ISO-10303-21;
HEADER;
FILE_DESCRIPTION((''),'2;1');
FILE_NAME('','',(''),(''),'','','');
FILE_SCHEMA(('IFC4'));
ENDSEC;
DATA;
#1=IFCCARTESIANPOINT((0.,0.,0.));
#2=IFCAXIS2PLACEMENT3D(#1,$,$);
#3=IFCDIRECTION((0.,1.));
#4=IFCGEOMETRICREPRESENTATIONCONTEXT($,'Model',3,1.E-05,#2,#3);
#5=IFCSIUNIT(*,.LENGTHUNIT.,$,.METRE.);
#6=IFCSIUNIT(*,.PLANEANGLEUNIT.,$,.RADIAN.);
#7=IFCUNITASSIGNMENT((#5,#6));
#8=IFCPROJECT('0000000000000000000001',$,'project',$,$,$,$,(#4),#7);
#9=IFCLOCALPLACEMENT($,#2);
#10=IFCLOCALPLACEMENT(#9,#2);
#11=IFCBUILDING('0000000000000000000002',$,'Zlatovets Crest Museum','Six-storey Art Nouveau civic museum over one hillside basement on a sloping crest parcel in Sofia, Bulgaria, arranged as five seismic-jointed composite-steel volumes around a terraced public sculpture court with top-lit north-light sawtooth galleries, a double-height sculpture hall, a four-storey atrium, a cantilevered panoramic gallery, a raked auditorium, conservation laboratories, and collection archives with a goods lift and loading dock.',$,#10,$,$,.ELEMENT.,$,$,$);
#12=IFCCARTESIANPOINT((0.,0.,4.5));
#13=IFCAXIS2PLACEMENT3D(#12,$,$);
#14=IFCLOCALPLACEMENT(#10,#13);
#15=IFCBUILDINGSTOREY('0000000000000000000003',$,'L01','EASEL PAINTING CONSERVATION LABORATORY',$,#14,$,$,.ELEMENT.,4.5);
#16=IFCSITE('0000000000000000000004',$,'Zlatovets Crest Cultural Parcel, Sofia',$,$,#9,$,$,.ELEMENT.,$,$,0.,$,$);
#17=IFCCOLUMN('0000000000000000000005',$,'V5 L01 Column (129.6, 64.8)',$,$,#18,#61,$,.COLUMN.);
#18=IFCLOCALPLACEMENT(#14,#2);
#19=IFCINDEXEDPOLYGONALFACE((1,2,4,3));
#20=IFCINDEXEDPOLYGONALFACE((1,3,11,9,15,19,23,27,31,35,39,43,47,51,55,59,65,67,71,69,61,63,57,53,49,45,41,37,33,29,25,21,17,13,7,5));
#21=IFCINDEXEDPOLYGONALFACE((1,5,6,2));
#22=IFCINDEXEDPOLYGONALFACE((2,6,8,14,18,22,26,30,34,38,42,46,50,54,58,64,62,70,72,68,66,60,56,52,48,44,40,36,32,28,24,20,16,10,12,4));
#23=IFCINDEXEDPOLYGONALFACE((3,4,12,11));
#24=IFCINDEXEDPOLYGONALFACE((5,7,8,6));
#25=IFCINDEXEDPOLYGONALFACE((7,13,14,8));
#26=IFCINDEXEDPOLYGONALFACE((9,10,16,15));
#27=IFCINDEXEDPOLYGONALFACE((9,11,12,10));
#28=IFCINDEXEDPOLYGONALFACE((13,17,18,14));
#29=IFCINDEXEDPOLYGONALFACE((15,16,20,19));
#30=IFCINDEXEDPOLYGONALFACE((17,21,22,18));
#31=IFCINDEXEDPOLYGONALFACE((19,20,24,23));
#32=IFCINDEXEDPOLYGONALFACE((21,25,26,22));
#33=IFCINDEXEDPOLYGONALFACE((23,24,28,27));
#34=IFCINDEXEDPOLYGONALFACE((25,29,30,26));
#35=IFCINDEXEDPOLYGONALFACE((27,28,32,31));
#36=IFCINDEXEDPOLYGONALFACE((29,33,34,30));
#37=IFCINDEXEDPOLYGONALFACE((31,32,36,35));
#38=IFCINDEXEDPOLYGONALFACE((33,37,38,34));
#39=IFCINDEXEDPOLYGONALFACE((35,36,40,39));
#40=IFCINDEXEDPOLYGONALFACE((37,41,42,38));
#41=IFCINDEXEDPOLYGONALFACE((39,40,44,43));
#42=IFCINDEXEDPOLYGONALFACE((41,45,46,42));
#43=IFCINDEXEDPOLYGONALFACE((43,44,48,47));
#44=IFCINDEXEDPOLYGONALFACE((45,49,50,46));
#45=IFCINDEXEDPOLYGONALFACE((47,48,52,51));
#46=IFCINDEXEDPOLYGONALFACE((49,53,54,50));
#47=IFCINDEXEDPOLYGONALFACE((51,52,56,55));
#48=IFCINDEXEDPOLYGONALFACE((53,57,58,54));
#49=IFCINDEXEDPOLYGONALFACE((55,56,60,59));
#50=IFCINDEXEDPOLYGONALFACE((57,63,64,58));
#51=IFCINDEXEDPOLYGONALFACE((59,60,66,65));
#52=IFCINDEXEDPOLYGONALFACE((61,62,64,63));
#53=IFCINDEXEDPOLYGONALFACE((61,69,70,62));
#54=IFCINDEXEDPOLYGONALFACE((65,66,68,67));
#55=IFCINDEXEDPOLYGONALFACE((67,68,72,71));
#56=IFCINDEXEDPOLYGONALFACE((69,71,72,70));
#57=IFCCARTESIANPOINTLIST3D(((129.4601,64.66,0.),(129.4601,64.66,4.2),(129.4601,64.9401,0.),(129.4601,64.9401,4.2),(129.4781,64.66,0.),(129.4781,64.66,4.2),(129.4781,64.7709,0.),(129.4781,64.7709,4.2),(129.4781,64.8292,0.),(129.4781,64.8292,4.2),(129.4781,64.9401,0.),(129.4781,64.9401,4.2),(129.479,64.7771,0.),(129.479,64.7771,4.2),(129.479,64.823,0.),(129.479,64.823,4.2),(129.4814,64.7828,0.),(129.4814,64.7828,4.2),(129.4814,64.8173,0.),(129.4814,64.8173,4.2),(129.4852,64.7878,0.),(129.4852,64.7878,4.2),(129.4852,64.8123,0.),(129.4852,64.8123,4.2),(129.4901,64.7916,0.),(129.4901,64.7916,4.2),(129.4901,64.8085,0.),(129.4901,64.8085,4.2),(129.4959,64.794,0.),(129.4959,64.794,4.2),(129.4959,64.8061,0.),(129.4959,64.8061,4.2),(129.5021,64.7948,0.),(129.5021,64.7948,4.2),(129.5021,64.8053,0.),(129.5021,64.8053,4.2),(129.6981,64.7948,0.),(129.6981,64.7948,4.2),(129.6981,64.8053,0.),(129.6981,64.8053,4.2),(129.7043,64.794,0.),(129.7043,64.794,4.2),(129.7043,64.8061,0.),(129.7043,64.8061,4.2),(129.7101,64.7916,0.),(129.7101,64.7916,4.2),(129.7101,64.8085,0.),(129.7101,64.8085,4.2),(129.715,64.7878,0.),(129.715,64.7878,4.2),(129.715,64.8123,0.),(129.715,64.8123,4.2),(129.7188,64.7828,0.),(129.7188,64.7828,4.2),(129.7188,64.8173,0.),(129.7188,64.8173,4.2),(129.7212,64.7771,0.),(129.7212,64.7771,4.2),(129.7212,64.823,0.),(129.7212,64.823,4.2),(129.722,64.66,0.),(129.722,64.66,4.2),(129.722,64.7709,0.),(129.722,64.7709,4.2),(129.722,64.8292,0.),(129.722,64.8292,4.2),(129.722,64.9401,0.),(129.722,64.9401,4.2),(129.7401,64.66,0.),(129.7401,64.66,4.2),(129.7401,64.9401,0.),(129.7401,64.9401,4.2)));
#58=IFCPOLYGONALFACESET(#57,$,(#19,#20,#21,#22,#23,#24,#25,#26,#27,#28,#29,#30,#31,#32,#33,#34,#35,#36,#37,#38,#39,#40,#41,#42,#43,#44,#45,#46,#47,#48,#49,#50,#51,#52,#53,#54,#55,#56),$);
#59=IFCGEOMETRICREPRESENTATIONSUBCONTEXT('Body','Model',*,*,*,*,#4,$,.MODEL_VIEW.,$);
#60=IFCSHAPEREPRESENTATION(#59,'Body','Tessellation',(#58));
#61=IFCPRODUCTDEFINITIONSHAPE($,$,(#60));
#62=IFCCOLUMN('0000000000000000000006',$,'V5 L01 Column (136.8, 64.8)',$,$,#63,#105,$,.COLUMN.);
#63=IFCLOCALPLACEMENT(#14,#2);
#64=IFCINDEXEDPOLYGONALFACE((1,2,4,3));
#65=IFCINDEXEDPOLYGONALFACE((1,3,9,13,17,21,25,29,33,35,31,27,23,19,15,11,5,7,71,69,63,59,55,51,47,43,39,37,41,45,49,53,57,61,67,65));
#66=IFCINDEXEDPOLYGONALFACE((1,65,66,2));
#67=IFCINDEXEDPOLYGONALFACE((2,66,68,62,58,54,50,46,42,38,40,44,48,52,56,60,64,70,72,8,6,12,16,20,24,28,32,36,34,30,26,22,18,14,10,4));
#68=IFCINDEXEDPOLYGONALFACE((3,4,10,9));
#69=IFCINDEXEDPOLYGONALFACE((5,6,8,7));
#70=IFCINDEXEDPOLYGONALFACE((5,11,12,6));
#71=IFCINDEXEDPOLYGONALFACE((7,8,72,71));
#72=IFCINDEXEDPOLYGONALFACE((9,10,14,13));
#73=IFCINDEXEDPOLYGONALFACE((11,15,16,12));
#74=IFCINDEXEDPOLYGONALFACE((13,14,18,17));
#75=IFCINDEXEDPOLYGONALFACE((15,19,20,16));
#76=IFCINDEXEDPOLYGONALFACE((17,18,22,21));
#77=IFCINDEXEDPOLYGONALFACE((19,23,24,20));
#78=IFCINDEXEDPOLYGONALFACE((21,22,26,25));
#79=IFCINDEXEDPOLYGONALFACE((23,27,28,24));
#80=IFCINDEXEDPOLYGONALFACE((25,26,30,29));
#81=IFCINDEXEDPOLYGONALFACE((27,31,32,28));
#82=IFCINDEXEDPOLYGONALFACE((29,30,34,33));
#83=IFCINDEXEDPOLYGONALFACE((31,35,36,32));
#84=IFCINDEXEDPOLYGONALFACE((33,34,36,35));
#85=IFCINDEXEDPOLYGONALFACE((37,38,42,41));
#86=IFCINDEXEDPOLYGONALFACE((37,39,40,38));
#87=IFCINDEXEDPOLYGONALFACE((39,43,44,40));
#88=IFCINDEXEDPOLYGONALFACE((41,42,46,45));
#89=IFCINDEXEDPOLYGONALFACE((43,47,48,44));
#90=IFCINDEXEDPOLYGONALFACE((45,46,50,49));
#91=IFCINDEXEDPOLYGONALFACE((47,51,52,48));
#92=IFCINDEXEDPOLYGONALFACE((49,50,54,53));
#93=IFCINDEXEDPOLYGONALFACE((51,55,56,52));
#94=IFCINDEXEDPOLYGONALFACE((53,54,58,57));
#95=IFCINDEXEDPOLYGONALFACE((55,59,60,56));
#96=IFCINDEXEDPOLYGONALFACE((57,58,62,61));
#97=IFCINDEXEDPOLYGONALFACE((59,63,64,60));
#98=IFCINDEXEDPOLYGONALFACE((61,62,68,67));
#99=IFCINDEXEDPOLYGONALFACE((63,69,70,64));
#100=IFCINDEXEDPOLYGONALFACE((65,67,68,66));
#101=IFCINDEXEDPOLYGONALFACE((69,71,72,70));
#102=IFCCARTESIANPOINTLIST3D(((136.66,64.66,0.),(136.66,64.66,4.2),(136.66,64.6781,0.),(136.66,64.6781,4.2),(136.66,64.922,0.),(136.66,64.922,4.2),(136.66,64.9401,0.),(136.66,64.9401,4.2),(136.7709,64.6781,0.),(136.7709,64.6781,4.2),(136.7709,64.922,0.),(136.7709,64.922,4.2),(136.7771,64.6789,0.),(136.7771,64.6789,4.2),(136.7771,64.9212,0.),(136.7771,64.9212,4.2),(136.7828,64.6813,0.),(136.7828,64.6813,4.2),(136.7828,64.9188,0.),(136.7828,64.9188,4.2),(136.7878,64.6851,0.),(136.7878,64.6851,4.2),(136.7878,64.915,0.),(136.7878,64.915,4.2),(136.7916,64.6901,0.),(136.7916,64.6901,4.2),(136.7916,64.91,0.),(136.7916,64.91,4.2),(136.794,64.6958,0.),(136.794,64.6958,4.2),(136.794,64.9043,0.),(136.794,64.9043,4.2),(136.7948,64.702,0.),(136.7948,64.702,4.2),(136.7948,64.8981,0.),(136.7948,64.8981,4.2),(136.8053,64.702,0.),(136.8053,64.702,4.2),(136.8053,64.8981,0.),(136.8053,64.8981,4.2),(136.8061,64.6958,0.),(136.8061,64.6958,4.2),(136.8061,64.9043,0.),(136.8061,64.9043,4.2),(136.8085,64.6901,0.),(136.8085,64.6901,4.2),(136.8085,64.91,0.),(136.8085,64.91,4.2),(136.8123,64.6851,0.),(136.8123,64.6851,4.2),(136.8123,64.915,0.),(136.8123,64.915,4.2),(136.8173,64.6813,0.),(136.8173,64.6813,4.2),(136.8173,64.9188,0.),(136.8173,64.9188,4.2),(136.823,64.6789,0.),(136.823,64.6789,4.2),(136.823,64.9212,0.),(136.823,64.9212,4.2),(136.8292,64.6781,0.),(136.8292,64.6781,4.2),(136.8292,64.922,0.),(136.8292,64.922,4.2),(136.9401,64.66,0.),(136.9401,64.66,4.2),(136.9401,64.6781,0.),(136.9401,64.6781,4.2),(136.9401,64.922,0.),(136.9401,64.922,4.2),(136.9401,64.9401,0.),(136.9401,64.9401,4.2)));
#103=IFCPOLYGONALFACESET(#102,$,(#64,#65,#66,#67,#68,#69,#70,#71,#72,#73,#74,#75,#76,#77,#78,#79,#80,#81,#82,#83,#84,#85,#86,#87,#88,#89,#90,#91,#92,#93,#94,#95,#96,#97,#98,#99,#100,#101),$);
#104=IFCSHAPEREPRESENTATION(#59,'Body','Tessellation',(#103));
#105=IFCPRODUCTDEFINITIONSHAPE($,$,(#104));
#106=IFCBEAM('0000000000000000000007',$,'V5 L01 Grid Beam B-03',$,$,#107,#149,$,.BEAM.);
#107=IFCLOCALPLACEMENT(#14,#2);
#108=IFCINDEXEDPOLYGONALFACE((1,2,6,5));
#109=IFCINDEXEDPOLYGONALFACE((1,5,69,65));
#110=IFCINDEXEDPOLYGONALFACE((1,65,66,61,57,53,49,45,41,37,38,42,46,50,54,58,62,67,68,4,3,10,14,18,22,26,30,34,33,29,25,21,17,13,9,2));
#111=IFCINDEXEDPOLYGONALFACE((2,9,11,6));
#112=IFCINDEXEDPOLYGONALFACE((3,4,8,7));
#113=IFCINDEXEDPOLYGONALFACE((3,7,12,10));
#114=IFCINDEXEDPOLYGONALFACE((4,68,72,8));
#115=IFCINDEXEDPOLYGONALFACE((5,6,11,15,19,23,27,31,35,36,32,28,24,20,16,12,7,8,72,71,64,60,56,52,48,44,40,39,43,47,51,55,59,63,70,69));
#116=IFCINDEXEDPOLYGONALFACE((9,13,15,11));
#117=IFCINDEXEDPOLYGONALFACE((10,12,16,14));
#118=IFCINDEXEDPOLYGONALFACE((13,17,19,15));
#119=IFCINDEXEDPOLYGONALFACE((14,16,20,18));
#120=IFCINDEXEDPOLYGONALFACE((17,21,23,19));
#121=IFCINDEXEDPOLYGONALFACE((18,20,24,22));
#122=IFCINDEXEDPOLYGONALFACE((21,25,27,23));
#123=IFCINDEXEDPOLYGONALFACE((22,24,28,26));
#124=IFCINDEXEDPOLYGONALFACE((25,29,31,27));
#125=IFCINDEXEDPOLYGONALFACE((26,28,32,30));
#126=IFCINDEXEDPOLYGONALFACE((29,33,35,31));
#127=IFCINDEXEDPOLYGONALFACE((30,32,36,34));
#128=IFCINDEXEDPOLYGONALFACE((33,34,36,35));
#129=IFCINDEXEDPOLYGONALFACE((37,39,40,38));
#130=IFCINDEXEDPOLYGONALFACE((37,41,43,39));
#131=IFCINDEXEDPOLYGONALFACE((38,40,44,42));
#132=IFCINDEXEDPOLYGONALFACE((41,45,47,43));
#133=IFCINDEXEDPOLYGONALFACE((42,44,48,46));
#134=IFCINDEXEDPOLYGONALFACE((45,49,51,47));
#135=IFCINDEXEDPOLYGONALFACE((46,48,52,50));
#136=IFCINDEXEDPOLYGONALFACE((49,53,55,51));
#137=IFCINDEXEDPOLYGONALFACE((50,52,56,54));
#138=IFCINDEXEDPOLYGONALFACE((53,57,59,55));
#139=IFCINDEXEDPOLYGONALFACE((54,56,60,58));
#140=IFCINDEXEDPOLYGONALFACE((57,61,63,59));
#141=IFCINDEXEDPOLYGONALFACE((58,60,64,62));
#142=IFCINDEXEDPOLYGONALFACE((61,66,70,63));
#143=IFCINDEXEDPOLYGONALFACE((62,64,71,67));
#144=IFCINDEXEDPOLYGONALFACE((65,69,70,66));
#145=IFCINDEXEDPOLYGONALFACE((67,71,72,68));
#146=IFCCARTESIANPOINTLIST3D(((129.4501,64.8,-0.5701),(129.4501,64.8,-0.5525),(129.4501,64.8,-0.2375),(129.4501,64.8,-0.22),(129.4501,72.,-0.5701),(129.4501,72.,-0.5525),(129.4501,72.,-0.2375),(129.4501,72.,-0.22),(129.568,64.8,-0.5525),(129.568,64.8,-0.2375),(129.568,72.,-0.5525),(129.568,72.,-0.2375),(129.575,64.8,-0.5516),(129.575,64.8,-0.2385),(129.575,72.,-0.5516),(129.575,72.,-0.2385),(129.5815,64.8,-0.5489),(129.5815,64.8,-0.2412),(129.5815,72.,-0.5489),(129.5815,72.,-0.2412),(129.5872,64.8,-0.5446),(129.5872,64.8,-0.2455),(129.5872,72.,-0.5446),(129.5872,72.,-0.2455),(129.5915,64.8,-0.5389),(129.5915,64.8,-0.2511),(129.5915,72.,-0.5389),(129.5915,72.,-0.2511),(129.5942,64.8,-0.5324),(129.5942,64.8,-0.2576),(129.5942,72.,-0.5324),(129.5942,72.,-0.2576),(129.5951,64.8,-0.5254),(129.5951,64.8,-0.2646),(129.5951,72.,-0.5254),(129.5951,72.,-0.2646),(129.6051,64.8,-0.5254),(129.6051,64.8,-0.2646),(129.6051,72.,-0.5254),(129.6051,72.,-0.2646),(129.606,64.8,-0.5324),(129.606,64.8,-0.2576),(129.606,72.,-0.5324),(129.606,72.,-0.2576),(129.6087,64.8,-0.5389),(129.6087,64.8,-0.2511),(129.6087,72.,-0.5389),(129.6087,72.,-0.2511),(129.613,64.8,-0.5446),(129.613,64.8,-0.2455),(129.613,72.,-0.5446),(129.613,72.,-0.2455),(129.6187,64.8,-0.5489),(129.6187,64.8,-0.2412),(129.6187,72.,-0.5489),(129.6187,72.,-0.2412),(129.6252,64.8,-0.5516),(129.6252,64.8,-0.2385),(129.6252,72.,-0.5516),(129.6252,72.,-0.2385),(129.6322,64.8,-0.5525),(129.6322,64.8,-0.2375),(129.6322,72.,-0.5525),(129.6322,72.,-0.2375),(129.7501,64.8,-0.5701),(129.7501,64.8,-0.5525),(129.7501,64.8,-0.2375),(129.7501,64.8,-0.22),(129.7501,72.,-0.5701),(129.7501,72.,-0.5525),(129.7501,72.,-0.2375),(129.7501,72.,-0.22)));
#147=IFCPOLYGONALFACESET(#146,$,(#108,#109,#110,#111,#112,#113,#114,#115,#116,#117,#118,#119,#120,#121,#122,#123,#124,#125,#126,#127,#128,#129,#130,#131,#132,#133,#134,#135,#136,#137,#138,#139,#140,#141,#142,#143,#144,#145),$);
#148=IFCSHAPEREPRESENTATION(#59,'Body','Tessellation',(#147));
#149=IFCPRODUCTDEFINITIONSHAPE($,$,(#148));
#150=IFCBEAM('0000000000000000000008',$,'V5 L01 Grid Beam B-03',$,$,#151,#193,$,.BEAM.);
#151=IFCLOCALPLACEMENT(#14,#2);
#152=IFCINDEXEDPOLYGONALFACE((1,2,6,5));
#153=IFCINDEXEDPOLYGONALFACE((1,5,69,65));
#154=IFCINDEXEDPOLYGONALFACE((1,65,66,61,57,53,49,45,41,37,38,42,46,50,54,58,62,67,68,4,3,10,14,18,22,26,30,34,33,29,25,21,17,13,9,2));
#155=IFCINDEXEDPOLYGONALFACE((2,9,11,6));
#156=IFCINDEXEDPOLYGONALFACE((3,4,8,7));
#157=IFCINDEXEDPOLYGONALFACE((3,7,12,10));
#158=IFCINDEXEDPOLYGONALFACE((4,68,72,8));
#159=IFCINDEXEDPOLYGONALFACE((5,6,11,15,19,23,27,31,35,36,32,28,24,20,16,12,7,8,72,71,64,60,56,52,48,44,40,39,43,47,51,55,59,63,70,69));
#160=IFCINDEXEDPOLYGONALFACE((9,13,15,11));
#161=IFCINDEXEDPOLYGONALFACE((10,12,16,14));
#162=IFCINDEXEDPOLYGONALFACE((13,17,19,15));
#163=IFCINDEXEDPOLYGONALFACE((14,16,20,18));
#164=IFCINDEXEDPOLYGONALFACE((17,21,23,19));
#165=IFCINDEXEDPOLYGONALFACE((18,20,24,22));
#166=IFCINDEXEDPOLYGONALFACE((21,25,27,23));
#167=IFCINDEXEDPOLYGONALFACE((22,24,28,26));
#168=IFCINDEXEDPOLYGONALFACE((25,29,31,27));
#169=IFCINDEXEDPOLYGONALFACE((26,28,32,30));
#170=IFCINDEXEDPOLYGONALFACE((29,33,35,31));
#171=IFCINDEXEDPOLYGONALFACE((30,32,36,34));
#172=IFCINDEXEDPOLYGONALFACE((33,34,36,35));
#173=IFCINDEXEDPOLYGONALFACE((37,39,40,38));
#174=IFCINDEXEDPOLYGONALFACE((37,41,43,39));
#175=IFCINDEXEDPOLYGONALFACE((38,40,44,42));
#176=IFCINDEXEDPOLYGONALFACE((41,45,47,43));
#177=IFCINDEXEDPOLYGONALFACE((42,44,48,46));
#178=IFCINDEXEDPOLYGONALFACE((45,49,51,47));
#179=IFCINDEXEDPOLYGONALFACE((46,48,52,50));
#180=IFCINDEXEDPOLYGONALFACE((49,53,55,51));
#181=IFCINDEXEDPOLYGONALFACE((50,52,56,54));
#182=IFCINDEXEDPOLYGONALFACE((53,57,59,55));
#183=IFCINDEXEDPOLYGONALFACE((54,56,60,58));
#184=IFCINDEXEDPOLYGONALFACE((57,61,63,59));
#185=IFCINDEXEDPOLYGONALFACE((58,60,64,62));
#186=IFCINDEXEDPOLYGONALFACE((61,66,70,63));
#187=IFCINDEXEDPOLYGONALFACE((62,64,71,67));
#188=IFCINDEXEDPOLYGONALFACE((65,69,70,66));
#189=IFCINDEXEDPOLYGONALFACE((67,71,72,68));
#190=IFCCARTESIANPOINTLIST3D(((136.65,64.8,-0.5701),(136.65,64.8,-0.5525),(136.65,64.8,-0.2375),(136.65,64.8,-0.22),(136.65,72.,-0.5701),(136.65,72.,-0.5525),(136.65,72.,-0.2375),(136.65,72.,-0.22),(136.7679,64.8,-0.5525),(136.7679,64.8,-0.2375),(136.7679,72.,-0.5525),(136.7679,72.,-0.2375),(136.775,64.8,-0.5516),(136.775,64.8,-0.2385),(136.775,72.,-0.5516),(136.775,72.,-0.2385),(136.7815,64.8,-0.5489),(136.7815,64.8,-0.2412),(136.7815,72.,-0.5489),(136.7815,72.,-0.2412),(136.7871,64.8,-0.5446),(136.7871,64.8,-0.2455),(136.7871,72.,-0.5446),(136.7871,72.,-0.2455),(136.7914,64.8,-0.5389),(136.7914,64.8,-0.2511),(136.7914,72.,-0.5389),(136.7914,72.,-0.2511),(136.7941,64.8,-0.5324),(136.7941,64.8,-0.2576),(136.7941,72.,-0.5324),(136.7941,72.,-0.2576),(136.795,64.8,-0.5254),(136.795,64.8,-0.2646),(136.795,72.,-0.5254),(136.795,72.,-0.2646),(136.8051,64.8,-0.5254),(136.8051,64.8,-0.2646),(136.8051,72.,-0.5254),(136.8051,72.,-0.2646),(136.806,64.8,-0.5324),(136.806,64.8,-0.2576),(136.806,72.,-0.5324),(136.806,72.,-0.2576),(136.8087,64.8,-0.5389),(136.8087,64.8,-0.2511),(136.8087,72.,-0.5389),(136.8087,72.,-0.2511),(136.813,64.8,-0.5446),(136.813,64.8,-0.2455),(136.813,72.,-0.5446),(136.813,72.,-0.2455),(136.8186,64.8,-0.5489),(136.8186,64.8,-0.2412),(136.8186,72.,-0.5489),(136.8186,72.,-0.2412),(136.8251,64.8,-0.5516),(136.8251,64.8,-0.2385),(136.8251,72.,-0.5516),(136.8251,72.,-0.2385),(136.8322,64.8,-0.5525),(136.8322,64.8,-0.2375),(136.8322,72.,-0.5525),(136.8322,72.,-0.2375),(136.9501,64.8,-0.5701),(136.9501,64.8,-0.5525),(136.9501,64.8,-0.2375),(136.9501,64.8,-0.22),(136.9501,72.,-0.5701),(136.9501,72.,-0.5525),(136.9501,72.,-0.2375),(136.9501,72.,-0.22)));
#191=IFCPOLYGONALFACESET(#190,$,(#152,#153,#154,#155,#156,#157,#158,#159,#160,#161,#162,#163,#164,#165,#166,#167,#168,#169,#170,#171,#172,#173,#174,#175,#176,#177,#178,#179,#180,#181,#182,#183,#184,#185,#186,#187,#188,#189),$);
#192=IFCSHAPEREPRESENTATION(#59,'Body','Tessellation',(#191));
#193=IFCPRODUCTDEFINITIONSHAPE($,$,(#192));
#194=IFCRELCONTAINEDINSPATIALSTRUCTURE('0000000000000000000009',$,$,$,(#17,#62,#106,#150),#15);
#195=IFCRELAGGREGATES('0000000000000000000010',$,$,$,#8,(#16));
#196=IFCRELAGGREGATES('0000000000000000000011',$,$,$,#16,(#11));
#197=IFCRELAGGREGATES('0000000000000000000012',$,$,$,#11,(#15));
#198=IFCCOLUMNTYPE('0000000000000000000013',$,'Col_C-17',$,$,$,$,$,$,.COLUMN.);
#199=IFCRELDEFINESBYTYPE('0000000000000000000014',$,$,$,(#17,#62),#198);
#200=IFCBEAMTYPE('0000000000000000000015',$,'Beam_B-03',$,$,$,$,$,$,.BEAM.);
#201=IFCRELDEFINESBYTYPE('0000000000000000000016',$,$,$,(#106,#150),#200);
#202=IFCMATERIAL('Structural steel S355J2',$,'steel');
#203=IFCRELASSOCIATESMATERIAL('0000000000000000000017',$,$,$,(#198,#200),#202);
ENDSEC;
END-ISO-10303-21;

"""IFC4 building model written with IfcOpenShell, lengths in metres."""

from ifc_helpers import new_model, si_unit, direction, frame, origin, origin_2d, place, context, subcontext, project, spatial, i_section, extrude, material, material_profile, profile_set, type_object, element, save


model = new_model("IFC4")

# Units and contexts
model_context = context("Model", 3, precision=1e-05, world=origin(), true_north=direction((0.0, 1.0)))
body_context = subcontext(model_context, "Body", "Model", "MODEL_VIEW")
ifc_project = project(units=[si_unit("LENGTHUNIT", "METRE"), si_unit("PLANEANGLEUNIT", "RADIAN")], contexts=[model_context])

# Site, building, storey
site_placement = place(None, origin())
site = spatial("IfcSite", under=ifc_project, at=site_placement, Name="Zlatovets Crest Cultural Parcel, Sofia", CompositionType="ELEMENT", RefElevation=0.0)
building_placement = place(site_placement, origin())
building = spatial("IfcBuilding", under=site, at=building_placement, Name="Zlatovets Crest Museum", Description="Six-storey Art Nouveau civic museum over one hillside basement on a sloping crest parcel in Sofia, Bulgaria, arranged as five seismic-jointed composite-steel volumes around a terraced public sculpture court with top-lit north-light sawtooth galleries, a double-height sculpture hall, a four-storey atrium, a cantilevered panoramic gallery, a raked auditorium, conservation laboratories, and collection archives with a goods lift and loading dock.", CompositionType="ELEMENT")
storey_placement = place(building_placement, frame((0.0, 0.0, 4.5)))
storey = spatial("IfcBuildingStorey", under=building, at=storey_placement, Name="L01", Description="EASEL PAINTING CONSERVATION LABORATORY", CompositionType="ELEMENT", Elevation=4.5)

# Columns
ifc_material_1 = material(Name="Structural steel S355J2", Category="steel")
ifc_material_profile_1 = material_profile(ifc_material_1, i_section(OverallWidth=0.28, OverallDepth=0.28, WebThickness=0.0105, FlangeThickness=0.0181, FilletRadius=0.0239, at=origin_2d()), Name="HEB 280")
ifc_profile_set_1 = profile_set([ifc_material_profile_1], Name="Structural steel S355J2")
column_type = type_object("IfcColumnType", Name="Col_C-17", PredefinedType="COLUMN", material=ifc_profile_set_1)
for number, where, z_axis, x_axis, name in (
    (1, (129.6001, 64.8, 0.0), (0.0, 0.0, 1.0), (0.0, 1.0, 0.0), "V5 L01 Column (129.6, 64.8)"),
    (2, (136.8, 64.8, 0.0), (0.0, 0.0, 1.0), (1.0, 0.0, 0.0), "V5 L01 Column (136.8, 64.8)"),
):
    element("IfcColumn", number, at=place(storey_placement, frame(where, z_axis=z_axis, x_axis=x_axis)), inside=storey, type_object=column_type, Name=name, PredefinedType="COLUMN", context=body_context, shape_type="SweptSolid", body=[
        extrude(i_section(OverallWidth=0.28, OverallDepth=0.28, WebThickness=0.0105, FlangeThickness=0.0181, FilletRadius=0.0239, at=origin_2d()), origin(), (0.0, 0.0, 1.0), 4.2),
    ])

# Beams
ifc_material_profile_2 = material_profile(ifc_material_1, i_section(OverallWidth=0.3, OverallDepth=0.3501, WebThickness=0.01, FlangeThickness=0.0176, FilletRadius=0.0271, at=origin_2d()), Name="HEA 360")
ifc_profile_set_2 = profile_set([ifc_material_profile_2], Name="Structural steel S355J2")
beam_type_1 = type_object("IfcBeamType", Name="Beam_B-03", PredefinedType="BEAM", material=ifc_profile_set_2)
for number, where, z_axis, x_axis, name in (
    (3, (129.6001, 64.8, -0.395), (0.0, 1.0, 0.0), (-1.0, 0.0, 0.0), "V5 L01 Grid Beam B-03"),
    (4, (136.8, 64.8, -0.395), (0.0, 1.0, 0.0), (-1.0, 0.0, 0.0), "V5 L01 Grid Beam B-03"),
):
    element("IfcBeam", number, at=place(storey_placement, frame(where, z_axis=z_axis, x_axis=x_axis)), inside=storey, type_object=beam_type_1, Name=name, PredefinedType="BEAM", context=body_context, shape_type="SweptSolid", body=[
        extrude(i_section(OverallWidth=0.3, OverallDepth=0.3501, WebThickness=0.01, FlangeThickness=0.0176, FilletRadius=0.0271, at=origin_2d()), origin(), (0.0, 0.0, 1.0), 7.2),
    ])

save(model, "model.ifc")
